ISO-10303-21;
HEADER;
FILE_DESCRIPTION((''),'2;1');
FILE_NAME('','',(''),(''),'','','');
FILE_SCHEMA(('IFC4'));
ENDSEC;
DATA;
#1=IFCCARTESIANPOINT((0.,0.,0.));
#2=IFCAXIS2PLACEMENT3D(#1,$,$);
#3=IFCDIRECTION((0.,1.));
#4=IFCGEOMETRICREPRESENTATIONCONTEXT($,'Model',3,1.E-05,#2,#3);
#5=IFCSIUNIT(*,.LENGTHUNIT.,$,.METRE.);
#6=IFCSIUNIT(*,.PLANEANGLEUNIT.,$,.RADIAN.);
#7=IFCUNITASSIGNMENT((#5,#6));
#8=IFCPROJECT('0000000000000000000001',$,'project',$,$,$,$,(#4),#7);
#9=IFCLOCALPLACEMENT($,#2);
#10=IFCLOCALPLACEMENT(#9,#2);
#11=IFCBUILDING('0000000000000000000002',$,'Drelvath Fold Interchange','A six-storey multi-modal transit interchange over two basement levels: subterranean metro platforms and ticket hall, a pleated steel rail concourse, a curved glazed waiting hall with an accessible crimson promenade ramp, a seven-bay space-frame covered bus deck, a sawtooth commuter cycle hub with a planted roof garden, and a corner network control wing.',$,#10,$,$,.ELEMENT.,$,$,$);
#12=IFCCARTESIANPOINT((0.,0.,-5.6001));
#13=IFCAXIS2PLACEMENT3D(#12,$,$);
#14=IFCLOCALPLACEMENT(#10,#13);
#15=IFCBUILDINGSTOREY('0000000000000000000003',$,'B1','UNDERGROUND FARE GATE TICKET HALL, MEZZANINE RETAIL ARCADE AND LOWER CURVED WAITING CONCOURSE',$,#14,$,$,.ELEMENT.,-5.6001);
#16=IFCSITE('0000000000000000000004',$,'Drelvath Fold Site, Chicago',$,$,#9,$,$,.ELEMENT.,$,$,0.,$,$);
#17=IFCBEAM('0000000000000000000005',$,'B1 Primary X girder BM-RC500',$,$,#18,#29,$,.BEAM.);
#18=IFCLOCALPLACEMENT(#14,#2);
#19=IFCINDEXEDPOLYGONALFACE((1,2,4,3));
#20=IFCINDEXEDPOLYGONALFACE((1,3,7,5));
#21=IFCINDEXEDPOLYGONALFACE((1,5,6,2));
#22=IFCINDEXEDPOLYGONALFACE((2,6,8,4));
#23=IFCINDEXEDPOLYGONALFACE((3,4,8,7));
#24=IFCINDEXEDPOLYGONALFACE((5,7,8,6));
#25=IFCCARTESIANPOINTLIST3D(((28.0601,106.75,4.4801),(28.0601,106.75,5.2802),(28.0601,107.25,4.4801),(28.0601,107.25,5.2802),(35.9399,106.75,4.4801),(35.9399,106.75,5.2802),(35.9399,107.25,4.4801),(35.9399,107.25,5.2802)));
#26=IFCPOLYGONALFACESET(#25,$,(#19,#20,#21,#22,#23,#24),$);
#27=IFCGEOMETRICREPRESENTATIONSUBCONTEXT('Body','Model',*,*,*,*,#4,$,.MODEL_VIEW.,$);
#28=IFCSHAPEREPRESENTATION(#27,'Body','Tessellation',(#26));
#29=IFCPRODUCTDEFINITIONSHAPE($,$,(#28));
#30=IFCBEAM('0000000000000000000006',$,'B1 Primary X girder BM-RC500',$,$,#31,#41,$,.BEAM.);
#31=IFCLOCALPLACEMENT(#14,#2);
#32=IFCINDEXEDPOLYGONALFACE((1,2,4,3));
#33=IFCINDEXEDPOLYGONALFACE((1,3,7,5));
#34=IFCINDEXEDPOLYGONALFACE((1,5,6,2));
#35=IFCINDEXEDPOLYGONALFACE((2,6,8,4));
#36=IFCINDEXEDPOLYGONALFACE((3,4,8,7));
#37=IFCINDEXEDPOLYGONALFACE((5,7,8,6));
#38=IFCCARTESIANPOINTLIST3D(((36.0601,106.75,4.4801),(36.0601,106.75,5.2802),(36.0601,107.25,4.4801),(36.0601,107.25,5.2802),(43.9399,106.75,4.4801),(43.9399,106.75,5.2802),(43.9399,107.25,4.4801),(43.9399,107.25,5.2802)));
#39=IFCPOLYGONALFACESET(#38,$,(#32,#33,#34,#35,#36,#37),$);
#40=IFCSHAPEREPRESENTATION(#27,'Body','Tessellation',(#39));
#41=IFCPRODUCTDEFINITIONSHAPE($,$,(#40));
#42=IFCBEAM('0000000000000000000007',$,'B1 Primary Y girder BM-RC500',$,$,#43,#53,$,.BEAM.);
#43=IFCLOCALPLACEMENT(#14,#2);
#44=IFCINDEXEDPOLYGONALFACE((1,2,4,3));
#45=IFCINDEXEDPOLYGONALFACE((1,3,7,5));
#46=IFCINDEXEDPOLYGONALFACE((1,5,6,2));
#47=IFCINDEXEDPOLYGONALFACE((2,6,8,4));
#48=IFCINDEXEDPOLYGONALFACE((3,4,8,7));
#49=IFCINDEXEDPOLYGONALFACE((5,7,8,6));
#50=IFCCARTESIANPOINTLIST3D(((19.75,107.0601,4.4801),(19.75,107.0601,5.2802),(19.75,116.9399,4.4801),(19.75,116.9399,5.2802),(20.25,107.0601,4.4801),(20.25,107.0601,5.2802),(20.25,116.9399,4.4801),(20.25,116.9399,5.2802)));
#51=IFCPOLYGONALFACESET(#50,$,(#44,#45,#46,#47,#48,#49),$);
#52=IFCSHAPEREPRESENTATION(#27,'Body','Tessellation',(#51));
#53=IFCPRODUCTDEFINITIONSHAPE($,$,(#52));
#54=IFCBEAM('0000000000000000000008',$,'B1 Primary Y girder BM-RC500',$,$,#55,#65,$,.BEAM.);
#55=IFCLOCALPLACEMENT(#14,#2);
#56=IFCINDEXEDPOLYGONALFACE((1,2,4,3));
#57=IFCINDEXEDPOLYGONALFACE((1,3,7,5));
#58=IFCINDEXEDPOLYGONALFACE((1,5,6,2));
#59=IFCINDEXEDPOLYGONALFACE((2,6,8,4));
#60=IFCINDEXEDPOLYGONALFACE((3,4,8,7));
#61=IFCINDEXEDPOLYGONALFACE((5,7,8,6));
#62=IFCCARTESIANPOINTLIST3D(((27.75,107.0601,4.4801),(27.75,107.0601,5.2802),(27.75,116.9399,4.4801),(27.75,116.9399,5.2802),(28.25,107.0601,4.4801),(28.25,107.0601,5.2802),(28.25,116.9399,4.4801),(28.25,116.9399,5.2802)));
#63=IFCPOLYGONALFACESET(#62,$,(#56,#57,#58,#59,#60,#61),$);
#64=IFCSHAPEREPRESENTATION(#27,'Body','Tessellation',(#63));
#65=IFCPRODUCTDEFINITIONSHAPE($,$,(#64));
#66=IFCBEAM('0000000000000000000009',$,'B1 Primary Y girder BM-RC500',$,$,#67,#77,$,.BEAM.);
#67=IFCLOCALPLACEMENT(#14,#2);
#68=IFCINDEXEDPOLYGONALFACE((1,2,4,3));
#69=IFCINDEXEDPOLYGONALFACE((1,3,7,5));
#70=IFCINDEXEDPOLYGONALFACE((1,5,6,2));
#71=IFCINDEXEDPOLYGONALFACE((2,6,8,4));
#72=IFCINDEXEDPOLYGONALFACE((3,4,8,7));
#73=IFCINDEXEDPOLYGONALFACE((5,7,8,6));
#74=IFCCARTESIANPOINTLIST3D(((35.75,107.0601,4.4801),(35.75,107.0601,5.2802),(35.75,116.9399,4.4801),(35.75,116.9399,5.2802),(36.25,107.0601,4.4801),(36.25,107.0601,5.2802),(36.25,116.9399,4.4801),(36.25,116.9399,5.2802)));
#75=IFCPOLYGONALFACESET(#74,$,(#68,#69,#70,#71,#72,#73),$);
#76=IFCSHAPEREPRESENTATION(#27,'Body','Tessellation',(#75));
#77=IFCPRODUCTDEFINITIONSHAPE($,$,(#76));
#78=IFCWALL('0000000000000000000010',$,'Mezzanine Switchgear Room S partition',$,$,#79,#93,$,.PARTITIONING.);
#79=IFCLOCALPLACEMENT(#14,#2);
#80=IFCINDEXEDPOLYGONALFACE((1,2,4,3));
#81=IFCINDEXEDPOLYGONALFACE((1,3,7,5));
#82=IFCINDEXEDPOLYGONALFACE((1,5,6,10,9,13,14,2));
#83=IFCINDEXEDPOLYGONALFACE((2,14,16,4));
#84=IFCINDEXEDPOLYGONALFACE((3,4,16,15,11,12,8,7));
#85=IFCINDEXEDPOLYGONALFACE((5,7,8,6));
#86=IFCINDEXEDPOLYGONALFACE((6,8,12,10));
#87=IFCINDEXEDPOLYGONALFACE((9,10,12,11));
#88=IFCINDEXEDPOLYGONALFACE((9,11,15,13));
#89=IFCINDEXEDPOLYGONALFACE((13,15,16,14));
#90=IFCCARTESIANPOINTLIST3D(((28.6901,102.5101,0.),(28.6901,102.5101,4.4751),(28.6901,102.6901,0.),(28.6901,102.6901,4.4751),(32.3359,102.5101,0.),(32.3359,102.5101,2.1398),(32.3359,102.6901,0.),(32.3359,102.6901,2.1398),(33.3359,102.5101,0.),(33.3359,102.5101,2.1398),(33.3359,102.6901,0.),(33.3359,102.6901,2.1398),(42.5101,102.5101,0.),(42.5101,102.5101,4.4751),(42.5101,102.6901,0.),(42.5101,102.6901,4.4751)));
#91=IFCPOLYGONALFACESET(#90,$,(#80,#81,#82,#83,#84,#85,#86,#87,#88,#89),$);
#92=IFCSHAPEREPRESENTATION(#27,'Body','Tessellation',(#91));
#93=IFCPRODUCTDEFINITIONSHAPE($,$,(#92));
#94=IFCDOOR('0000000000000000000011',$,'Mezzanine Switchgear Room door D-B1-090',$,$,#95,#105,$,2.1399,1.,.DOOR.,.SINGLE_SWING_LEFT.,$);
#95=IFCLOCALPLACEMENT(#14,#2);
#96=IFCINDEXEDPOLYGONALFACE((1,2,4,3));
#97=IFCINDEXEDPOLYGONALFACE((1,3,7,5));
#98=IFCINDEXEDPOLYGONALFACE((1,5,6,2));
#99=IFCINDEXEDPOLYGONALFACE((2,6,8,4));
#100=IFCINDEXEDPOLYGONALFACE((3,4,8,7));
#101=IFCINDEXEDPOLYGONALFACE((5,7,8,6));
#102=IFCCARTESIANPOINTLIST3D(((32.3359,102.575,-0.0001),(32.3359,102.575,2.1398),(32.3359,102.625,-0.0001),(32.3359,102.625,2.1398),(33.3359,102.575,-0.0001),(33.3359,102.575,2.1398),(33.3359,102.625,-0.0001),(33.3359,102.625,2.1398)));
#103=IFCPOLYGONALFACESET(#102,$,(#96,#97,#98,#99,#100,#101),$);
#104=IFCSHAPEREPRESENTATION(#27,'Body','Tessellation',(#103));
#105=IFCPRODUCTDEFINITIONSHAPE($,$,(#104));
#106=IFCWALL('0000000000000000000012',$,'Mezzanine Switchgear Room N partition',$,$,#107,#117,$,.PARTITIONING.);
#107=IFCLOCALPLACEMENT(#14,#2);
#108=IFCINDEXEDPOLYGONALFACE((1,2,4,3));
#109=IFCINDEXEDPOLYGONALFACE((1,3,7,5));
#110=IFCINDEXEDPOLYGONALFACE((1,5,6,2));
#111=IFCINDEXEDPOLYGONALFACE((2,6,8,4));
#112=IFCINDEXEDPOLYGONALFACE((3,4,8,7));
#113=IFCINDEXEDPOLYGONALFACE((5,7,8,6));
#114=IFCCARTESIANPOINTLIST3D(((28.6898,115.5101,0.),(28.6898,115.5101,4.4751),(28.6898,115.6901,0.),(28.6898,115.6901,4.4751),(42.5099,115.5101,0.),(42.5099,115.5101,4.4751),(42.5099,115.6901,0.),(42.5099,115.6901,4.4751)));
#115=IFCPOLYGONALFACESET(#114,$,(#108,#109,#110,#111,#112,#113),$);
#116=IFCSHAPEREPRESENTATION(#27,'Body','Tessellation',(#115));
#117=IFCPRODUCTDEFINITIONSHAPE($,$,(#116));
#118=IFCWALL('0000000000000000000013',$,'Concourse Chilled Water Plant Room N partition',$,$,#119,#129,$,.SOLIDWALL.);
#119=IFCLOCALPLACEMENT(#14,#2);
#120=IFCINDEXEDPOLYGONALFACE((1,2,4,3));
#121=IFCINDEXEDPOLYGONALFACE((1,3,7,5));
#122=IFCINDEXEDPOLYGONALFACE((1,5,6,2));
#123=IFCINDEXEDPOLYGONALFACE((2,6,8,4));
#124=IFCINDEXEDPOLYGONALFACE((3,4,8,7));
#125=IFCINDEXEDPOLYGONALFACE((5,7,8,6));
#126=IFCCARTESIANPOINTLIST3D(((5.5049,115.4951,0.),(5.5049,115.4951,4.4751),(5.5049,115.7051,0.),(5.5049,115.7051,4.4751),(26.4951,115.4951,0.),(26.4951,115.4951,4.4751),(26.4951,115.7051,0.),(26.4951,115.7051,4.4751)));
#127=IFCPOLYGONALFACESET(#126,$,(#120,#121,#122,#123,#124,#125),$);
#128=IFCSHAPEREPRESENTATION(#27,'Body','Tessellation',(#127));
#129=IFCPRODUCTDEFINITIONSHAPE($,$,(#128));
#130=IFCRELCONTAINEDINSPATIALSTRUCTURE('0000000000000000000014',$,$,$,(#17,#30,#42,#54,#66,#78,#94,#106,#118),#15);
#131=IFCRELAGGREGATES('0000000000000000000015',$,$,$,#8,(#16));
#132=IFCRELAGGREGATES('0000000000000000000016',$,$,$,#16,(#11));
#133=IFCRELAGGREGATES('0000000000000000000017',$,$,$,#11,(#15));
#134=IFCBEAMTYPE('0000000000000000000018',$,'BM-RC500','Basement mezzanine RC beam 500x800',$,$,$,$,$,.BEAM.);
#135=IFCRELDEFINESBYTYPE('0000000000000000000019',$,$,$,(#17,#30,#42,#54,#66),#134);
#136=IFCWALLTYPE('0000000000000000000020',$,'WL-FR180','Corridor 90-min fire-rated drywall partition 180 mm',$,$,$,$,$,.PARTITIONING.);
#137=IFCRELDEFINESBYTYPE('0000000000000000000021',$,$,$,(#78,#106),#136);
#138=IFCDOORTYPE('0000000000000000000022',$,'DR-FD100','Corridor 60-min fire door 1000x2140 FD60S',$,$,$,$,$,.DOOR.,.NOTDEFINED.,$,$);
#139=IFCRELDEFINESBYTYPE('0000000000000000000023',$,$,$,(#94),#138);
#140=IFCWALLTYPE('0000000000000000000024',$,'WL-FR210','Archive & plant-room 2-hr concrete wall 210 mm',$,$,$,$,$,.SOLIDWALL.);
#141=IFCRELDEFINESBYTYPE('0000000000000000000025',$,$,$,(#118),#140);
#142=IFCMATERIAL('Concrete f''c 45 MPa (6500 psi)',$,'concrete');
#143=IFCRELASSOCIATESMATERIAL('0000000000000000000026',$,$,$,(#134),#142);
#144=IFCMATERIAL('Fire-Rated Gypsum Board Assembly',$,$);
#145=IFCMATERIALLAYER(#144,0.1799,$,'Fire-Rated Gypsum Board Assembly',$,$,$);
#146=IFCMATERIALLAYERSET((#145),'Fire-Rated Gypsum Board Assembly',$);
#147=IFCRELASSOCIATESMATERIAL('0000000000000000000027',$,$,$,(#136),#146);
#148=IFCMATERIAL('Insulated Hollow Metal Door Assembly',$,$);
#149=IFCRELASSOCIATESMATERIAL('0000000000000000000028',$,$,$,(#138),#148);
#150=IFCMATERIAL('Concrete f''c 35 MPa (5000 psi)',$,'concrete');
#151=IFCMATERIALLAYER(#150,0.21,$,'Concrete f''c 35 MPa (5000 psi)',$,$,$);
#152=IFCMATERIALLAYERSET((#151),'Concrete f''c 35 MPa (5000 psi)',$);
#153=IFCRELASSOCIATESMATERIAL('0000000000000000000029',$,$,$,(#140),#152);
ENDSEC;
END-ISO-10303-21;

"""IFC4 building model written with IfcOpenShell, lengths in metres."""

from ifc_helpers import new_model, si_unit, direction, frame, frame_2d, origin, origin_2d, place, context, subcontext, project, spatial, rectangle, extrude, material, layer, layer_set, material_profile, profile_set, type_object, element, fill, save


model = new_model("IFC4")

# Units and contexts
model_context = context("Model", 3, precision=1e-05, world=origin(), true_north=direction((0.0, 1.0)))
body_context = subcontext(model_context, "Body", "Model", "MODEL_VIEW")
ifc_project = project(units=[si_unit("LENGTHUNIT", "METRE"), si_unit("PLANEANGLEUNIT", "RADIAN")], contexts=[model_context])

# Site, building, storey
site_placement = place(None, origin())
site = spatial("IfcSite", under=ifc_project, at=site_placement, Name="Drelvath Fold Site, Chicago", CompositionType="ELEMENT", RefElevation=0.0)
building_placement = place(site_placement, origin())
building = spatial("IfcBuilding", under=site, at=building_placement, Name="Drelvath Fold Interchange", Description="A six-storey multi-modal transit interchange over two basement levels: subterranean metro platforms and ticket hall, a pleated steel rail concourse, a curved glazed waiting hall with an accessible crimson promenade ramp, a seven-bay space-frame covered bus deck, a sawtooth commuter cycle hub with a planted roof garden, and a corner network control wing.", CompositionType="ELEMENT")
storey_placement = place(building_placement, frame((0.0, 0.0, -5.6001)))
storey = spatial("IfcBuildingStorey", under=building, at=storey_placement, Name="B1", Description="UNDERGROUND FARE GATE TICKET HALL, MEZZANINE RETAIL ARCADE AND LOWER CURVED WAITING CONCOURSE", CompositionType="ELEMENT", Elevation=-5.6001)

# Beams
ifc_material_1 = material(Name="Concrete f'c 45 MPa (6500 psi)", Category="concrete")
ifc_material_profile_1 = material_profile(ifc_material_1, rectangle(XDim=0.5, YDim=0.8, at=origin_2d()), Name="RC 500x800")
ifc_profile_set_1 = profile_set([ifc_material_profile_1], Name="Concrete f'c 45 MPa (6500 psi)")
beam_type_1 = type_object("IfcBeamType", Name="BM-RC500", Description="Basement mezzanine RC beam 500x800", PredefinedType="BEAM", material=ifc_profile_set_1)
for number, where, z_axis, x_axis, name in (
    (1, (28.0601, 107.0, 4.8801), (1.0, 0.0, 0.0), (0.0, 1.0, 0.0), "B1 Primary X girder BM-RC500"),
    (2, (36.0601, 107.0, 4.8801), (1.0, 0.0, 0.0), (0.0, 1.0, 0.0), "B1 Primary X girder BM-RC500"),
):
    element("IfcBeam", number, at=place(storey_placement, frame(where, z_axis=z_axis, x_axis=x_axis)), inside=storey, type_object=beam_type_1, Name=name, PredefinedType="BEAM", context=body_context, shape_type="SweptSolid", body=[
        extrude(rectangle(XDim=0.5, YDim=0.8, at=origin_2d()), origin(), (0.0, 0.0, 1.0), 7.8799),
    ])
for number, where, z_axis, x_axis, name in (
    (3, (20.0, 107.0601, 4.8801), (0.0, 1.0, 0.0), (-1.0, 0.0, 0.0), "B1 Primary Y girder BM-RC500"),
    (4, (28.0, 107.0601, 4.8801), (0.0, 1.0, 0.0), (-1.0, 0.0, 0.0), "B1 Primary Y girder BM-RC500"),
    (5, (36.0, 107.0601, 4.8801), (0.0, 1.0, 0.0), (-1.0, 0.0, 0.0), "B1 Primary Y girder BM-RC500"),
):
    element("IfcBeam", number, at=place(storey_placement, frame(where, z_axis=z_axis, x_axis=x_axis)), inside=storey, type_object=beam_type_1, Name=name, PredefinedType="BEAM", context=body_context, shape_type="SweptSolid", body=[
        extrude(rectangle(XDim=0.5, YDim=0.8, at=origin_2d()), origin(), (0.0, 0.0, 1.0), 9.8799),
    ])

# Wall, opening, door
ifc_material_2 = material(Name="Fire-Rated Gypsum Board Assembly")
ifc_layer_1 = layer(ifc_material_2, 0.1799, Name="Fire-Rated Gypsum Board Assembly")
ifc_layer_set_1 = layer_set([ifc_layer_1], Name="Fire-Rated Gypsum Board Assembly")
wall_type_1 = type_object("IfcWallType", Name="WL-FR180", Description="Corridor 90-min fire-rated drywall partition 180 mm", PredefinedType="PARTITIONING", material=ifc_layer_set_1)
wall_1_placement = place(storey_placement, frame((28.6899, 102.6001, 0.0), z_axis=(0.0, 0.0, 1.0), x_axis=(1.0, 0.0, 0.0)))
wall_1 = element("IfcWall", 6, at=wall_1_placement, inside=storey, type_object=wall_type_1, Name="Mezzanine Switchgear Room S partition", PredefinedType="PARTITIONING", context=body_context, shape_type="SweptSolid", body=[
    extrude(rectangle(XDim=13.8201, YDim=0.1799, at=frame_2d((6.9102, 0.0))), origin(), (0.0, 0.0, 1.0), 4.4751),
])
opening_placement = place(wall_1_placement, frame((3.646, 0.0, 0.0)))
opening = element("IfcOpeningElement", 7, at=opening_placement, cuts=wall_1, PredefinedType="OPENING", context=body_context, shape_type="SweptSolid", body=[
    extrude(rectangle(XDim=1.0, YDim=2.1399, at=frame_2d((0.5, 1.0698))), frame((0.0, 0.0999, 0.0), z_axis=(0.0, -1.0, 0.0), x_axis=(1.0, 0.0, 0.0)), (0.0, 0.0, 1.0), 0.2),
])
ifc_material_3 = material(Name="Insulated Hollow Metal Door Assembly")
door_type = type_object("IfcDoorType", Name="DR-FD100", Description="Corridor 60-min fire door 1000x2140 FD60S", OperationType="NOTDEFINED", PredefinedType="DOOR", material=ifc_material_3)
door_placement = place(opening_placement, origin())
door = element("IfcDoor", 8, at=door_placement, inside=storey, type_object=door_type, Name="Mezzanine Switchgear Room door D-B1-090", OperationType="SINGLE_SWING_LEFT", OverallHeight=2.1399, OverallWidth=1.0, PredefinedType="DOOR", context=body_context, shape_type="SweptSolid", body=[
    extrude(rectangle(XDim=1.0, YDim=2.1399, at=frame_2d((0.5, 1.0698))), frame((0.0, 0.0249, 0.0), z_axis=(0.0, -1.0, 0.0), x_axis=(1.0, 0.0, 0.0)), (0.0, 0.0, 1.0), 0.05),
])
fill(opening, door)

# Walls
wall_2_placement = place(storey_placement, frame((42.51, 115.6001, 0.0), z_axis=(0.0, 0.0, 1.0), x_axis=(-1.0, 0.0, 0.0)))
element("IfcWall", 9, at=wall_2_placement, inside=storey, type_object=wall_type_1, Name="Mezzanine Switchgear Room N partition", PredefinedType="PARTITIONING", context=body_context, shape_type="SweptSolid", body=[
    extrude(rectangle(XDim=13.8201, YDim=0.1799, at=frame_2d((6.9102, 0.0))), origin(), (0.0, 0.0, 1.0), 4.4751),
])
ifc_material_4 = material(Name="Concrete f'c 35 MPa (5000 psi)", Category="concrete")
ifc_layer_2 = layer(ifc_material_4, 0.21, Name="Concrete f'c 35 MPa (5000 psi)")
ifc_layer_set_2 = layer_set([ifc_layer_2], Name="Concrete f'c 35 MPa (5000 psi)")
wall_type_2 = type_object("IfcWallType", Name="WL-FR210", Description="Archive & plant-room 2-hr concrete wall 210 mm", PredefinedType="SOLIDWALL", material=ifc_layer_set_2)
wall_3_placement = place(storey_placement, frame((26.4951, 115.6001, 0.0), z_axis=(0.0, 0.0, 1.0), x_axis=(-1.0, 0.0, 0.0)))
element("IfcWall", 10, at=wall_3_placement, inside=storey, type_object=wall_type_2, Name="Concourse Chilled Water Plant Room N partition", PredefinedType="SOLIDWALL", context=body_context, shape_type="SweptSolid", body=[
    extrude(rectangle(XDim=20.9902, YDim=0.21, at=frame_2d((10.4951, 0.0))), origin(), (0.0, 0.0, 1.0), 4.4751),
])

save(model, "model.ifc")
